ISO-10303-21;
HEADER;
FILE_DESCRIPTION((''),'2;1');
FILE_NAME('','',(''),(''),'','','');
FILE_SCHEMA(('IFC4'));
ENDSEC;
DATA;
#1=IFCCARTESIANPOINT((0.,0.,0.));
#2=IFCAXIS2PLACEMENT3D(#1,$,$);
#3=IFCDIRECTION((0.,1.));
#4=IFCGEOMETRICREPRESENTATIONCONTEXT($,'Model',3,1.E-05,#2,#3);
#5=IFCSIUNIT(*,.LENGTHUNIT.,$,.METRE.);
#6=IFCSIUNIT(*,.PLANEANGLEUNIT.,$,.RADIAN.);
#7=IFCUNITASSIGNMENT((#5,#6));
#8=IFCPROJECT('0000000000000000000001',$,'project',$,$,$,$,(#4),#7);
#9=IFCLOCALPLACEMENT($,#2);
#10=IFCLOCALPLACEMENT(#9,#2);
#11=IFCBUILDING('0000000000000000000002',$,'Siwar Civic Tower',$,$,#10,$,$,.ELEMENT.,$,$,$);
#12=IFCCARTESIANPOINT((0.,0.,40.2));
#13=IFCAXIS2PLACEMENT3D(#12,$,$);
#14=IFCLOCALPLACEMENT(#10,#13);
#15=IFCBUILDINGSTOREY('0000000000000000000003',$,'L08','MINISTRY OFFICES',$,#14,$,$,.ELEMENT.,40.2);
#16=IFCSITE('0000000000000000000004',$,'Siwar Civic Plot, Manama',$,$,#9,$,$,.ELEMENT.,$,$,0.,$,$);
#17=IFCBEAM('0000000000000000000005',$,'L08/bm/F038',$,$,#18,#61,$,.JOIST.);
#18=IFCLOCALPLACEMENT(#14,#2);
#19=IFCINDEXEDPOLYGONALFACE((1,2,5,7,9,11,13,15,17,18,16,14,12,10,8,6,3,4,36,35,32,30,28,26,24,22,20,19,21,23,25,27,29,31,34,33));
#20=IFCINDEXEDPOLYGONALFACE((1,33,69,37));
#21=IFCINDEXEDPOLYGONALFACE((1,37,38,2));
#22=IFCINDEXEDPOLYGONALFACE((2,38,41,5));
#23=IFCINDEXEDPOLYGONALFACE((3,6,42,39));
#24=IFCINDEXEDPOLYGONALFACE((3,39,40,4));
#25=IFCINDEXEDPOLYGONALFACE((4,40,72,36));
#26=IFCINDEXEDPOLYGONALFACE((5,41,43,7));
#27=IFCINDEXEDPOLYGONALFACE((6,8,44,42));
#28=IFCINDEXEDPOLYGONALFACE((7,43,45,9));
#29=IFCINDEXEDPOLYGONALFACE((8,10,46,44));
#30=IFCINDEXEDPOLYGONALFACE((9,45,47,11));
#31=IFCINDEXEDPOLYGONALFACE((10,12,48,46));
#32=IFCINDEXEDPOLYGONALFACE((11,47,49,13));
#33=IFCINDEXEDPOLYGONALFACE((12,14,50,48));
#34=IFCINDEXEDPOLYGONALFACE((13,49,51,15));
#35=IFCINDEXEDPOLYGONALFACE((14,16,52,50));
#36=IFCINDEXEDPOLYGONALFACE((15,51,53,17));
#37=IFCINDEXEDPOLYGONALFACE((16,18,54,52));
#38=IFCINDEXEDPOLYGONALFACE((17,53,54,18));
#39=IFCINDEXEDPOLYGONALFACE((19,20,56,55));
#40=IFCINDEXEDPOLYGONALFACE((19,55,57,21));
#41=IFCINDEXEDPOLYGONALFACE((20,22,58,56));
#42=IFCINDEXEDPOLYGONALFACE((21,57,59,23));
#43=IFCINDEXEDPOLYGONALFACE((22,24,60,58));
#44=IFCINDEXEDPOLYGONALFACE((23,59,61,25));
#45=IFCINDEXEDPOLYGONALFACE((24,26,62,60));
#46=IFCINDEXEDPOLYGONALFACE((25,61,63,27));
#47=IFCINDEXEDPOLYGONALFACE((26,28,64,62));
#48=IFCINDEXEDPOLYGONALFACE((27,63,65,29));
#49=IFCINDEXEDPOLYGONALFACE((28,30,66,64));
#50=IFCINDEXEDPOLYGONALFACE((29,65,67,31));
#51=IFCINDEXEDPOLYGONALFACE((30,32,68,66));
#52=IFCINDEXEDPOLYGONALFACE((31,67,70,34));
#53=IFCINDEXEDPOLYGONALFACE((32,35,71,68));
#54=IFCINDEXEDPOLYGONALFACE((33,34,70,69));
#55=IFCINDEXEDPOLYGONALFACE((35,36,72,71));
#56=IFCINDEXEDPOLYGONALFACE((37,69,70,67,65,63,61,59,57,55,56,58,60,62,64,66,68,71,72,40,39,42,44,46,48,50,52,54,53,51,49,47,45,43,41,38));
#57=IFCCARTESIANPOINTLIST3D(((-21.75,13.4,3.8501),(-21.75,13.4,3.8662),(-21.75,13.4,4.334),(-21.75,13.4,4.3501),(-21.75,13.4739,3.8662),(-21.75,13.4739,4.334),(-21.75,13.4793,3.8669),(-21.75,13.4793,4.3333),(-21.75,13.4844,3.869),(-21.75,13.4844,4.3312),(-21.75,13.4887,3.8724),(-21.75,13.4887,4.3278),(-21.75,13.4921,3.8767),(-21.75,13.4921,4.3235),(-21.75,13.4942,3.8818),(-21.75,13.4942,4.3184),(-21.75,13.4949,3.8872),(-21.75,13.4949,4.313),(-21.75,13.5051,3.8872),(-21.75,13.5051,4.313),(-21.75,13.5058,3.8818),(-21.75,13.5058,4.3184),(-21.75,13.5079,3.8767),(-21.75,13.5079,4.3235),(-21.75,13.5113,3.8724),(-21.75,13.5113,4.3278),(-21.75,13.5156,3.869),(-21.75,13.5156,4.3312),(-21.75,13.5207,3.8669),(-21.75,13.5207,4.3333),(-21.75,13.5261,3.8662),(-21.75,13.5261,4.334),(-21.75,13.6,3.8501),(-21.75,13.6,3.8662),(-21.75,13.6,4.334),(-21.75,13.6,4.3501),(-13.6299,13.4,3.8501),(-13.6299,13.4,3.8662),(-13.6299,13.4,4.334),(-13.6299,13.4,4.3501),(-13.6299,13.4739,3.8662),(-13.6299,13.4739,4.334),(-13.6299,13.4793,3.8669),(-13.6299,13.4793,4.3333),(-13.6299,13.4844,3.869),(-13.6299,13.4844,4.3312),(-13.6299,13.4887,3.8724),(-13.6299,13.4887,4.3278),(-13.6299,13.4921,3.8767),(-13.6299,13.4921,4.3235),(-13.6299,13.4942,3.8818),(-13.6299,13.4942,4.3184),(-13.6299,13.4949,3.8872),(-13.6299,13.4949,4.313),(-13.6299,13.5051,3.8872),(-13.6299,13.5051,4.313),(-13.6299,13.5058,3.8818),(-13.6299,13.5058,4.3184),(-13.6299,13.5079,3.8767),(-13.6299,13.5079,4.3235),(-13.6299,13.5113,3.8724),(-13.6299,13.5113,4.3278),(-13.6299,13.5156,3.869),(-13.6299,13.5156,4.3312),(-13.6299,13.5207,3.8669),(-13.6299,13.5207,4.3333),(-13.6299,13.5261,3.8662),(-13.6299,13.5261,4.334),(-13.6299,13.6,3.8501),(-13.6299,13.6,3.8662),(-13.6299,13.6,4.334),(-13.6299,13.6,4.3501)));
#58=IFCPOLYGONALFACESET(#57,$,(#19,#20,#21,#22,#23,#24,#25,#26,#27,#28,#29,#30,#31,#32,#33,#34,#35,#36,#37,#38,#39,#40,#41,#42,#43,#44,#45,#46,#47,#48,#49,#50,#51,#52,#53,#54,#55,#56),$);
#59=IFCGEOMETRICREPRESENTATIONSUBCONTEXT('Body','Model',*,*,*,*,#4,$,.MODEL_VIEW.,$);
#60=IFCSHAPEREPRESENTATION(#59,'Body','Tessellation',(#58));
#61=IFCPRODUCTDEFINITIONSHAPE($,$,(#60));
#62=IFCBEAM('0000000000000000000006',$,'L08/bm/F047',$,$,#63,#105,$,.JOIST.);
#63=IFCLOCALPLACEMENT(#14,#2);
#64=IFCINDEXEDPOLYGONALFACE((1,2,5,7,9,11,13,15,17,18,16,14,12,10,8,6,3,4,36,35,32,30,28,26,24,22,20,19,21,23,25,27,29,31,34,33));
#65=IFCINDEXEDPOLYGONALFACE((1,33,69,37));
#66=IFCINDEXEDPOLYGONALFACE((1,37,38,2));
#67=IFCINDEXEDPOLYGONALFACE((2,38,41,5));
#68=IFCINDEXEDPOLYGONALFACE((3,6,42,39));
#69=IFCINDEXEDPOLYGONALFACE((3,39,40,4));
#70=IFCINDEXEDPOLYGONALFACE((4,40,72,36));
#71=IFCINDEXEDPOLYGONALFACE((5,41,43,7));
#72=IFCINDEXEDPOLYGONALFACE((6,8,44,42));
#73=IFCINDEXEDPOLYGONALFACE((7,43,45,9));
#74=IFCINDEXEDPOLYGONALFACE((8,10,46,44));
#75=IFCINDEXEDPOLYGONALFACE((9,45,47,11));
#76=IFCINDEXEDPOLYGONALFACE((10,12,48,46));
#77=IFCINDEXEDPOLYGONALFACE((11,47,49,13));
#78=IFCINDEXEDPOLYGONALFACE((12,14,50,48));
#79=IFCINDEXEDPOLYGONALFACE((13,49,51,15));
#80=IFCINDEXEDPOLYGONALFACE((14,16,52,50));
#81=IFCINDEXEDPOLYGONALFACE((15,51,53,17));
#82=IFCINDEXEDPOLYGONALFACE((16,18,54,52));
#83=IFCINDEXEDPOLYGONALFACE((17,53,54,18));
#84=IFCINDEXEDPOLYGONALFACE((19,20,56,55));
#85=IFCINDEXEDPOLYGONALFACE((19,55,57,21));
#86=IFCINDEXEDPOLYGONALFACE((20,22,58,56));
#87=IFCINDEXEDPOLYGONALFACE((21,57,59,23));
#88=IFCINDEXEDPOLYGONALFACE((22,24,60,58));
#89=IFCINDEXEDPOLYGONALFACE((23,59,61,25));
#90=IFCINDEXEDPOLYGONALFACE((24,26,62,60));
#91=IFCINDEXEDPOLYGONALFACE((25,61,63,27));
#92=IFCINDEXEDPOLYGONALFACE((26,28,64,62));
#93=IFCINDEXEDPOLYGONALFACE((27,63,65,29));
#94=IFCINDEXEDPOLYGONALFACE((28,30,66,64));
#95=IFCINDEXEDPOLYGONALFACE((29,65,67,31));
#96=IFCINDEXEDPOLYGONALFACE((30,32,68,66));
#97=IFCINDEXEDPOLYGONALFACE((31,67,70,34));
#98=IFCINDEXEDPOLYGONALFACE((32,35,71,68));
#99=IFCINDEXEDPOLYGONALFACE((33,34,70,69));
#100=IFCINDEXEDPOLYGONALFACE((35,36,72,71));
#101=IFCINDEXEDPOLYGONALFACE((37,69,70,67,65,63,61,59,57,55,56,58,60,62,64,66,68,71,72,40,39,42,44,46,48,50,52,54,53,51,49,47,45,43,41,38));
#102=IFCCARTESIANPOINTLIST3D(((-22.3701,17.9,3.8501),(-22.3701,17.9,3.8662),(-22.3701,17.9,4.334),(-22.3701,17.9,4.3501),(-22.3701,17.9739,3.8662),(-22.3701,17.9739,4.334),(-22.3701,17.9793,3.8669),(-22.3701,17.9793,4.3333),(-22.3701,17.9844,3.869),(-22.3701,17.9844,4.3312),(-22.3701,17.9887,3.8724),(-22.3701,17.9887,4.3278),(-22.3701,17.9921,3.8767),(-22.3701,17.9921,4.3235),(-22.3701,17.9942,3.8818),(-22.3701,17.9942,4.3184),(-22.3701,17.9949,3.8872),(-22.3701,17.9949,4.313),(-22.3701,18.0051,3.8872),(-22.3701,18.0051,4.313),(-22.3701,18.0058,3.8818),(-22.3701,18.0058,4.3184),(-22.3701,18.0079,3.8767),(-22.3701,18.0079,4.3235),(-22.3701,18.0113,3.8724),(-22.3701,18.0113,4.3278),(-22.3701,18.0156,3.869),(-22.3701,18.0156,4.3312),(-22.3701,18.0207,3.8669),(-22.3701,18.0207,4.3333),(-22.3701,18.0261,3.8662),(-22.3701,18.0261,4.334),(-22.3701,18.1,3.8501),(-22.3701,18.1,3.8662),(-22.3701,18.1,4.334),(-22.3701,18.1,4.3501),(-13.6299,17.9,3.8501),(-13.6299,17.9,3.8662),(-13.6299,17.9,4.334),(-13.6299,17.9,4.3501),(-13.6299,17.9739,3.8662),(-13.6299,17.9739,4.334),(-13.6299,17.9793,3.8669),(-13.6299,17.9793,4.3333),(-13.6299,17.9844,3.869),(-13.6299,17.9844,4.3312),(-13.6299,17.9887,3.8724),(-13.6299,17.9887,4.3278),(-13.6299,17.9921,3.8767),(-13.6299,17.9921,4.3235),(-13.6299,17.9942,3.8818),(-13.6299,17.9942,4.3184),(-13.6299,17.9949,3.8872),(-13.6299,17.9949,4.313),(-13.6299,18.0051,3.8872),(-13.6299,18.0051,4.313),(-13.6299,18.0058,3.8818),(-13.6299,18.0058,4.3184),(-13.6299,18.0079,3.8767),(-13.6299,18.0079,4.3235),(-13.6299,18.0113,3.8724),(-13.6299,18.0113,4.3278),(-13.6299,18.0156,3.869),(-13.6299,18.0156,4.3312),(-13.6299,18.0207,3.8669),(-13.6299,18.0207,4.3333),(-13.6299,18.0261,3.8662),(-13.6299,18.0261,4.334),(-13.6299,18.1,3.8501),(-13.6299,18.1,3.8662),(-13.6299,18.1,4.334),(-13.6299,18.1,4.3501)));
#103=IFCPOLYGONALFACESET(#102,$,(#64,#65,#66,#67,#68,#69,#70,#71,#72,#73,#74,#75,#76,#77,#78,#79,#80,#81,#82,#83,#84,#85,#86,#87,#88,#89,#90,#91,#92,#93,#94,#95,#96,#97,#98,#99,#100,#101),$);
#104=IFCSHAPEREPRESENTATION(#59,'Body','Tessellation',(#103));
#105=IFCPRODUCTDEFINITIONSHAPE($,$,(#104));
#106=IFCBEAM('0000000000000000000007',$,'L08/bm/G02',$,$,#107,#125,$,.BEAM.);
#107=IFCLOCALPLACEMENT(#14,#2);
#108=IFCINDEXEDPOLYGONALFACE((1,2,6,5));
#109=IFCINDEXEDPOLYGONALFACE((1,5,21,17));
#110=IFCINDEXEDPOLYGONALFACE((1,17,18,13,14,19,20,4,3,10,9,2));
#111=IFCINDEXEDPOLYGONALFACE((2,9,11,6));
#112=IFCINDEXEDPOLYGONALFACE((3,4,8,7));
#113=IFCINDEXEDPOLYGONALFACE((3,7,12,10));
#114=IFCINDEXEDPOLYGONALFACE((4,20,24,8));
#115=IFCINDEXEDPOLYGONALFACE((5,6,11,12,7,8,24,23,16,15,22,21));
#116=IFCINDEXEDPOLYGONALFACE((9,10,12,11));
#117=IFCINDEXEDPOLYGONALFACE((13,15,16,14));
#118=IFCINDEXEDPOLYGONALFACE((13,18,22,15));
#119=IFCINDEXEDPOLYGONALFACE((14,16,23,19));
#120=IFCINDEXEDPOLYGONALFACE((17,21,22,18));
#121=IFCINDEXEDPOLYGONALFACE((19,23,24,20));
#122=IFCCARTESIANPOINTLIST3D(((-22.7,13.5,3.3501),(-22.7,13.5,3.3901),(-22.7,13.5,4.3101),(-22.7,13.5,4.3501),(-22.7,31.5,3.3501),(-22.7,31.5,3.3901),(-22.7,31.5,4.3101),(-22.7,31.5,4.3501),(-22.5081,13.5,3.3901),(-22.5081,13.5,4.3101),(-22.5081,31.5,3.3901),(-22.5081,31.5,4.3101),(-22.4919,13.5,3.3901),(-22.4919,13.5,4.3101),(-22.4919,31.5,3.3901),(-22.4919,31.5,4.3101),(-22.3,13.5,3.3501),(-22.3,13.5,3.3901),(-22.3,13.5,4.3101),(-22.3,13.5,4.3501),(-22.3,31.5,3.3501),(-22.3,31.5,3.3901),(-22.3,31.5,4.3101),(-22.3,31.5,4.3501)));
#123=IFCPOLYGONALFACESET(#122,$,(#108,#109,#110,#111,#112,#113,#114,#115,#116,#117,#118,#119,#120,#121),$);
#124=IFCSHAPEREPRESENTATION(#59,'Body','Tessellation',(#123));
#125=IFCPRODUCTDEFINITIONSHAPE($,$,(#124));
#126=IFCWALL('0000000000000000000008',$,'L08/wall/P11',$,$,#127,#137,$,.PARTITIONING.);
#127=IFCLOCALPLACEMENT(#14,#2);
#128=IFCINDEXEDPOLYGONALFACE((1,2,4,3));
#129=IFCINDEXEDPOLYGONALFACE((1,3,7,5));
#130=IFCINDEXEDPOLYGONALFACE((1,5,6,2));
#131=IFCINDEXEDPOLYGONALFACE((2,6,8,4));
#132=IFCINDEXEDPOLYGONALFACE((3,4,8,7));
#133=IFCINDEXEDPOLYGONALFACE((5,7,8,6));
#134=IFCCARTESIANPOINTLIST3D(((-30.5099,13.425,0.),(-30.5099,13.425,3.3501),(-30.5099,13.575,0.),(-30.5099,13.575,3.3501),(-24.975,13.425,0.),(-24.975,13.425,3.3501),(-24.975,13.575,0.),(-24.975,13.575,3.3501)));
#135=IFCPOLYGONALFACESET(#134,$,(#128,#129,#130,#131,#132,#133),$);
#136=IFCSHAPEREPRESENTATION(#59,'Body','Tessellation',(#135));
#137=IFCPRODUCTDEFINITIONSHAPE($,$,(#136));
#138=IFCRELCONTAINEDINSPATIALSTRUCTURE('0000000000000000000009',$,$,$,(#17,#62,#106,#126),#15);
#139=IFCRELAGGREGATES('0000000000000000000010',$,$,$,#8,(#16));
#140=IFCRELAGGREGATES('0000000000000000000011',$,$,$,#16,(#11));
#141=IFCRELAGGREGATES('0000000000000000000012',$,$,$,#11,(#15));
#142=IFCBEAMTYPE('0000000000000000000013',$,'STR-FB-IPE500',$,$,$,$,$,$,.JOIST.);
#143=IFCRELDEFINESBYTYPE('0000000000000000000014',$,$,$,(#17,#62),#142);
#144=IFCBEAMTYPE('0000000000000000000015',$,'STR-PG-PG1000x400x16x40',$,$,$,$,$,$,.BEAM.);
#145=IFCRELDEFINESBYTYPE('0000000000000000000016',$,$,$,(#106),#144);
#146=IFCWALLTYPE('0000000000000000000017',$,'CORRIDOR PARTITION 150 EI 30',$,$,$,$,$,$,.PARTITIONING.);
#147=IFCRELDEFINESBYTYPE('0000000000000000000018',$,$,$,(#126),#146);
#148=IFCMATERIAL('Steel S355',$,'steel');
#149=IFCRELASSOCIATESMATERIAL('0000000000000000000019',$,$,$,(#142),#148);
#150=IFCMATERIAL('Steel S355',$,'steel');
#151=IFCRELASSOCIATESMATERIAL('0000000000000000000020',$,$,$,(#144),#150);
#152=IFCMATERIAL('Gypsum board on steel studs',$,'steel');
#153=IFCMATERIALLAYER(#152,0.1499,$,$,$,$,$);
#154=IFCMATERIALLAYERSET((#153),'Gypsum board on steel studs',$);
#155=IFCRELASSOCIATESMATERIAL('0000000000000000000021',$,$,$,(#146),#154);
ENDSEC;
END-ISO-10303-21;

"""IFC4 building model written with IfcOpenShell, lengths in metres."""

from ifc_helpers import new_model, si_unit, direction, frame, frame_2d, origin, origin_2d, place, context, subcontext, project, spatial, rectangle, i_section, extrude, material, layer, layer_set, material_profile, profile_set, type_object, element, save


model = new_model("IFC4")

# Units and contexts
model_context = context("Model", 3, precision=1e-05, world=origin(), true_north=direction((0.0, 1.0)))
body_context = subcontext(model_context, "Body", "Model", "MODEL_VIEW")
ifc_project = project(units=[si_unit("LENGTHUNIT", "METRE"), si_unit("PLANEANGLEUNIT", "RADIAN")], contexts=[model_context])

# Site, building, storey
site_placement = place(None, origin())
site = spatial("IfcSite", under=ifc_project, at=site_placement, Name="Siwar Civic Plot, Manama", CompositionType="ELEMENT", RefElevation=0.0)
building_placement = place(site_placement, origin())
building = spatial("IfcBuilding", under=site, at=building_placement, Name="Siwar Civic Tower", CompositionType="ELEMENT")
storey_placement = place(building_placement, frame((0.0, 0.0, 40.2)))
storey = spatial("IfcBuildingStorey", under=building, at=storey_placement, Name="L08", Description="MINISTRY OFFICES", CompositionType="ELEMENT", Elevation=40.2)

# Beams
ifc_material_1 = material(Name="Steel S355", Category="steel")
ifc_material_profile_1 = material_profile(ifc_material_1, i_section(OverallWidth=0.2, OverallDepth=0.5, WebThickness=0.0103, FlangeThickness=0.0161, FilletRadius=0.021, at=origin_2d()), Name="IPE500")
ifc_profile_set_1 = profile_set([ifc_material_profile_1], Name="Steel S355")
beam_type_1 = type_object("IfcBeamType", Name="STR-FB-IPE500", PredefinedType="JOIST", material=ifc_profile_set_1)
beam_1_placement = place(storey_placement, frame((-21.75, 13.5, 4.1001), z_axis=(1.0, 0.0, 0.0), x_axis=(0.0, 1.0, 0.0)))
element("IfcBeam", 1, at=beam_1_placement, inside=storey, type_object=beam_type_1, Name="L08/bm/F038", PredefinedType="JOIST", context=body_context, shape_type="SweptSolid", body=[
    extrude(i_section(OverallWidth=0.2, OverallDepth=0.5, WebThickness=0.0103, FlangeThickness=0.0161, FilletRadius=0.021, at=origin_2d()), origin(), (0.0, 0.0, 1.0), 8.1201),
])
beam_2_placement = place(storey_placement, frame((-22.3701, 18.0, 4.1001), z_axis=(1.0, 0.0, 0.0), x_axis=(0.0, 1.0, 0.0)))
element("IfcBeam", 2, at=beam_2_placement, inside=storey, type_object=beam_type_1, Name="L08/bm/F047", PredefinedType="JOIST", context=body_context, shape_type="SweptSolid", body=[
    extrude(i_section(OverallWidth=0.2, OverallDepth=0.5, WebThickness=0.0103, FlangeThickness=0.0161, FilletRadius=0.021, at=origin_2d()), origin(), (0.0, 0.0, 1.0), 8.7402),
])
ifc_material_2 = material(Name="Steel S355", Category="steel")
ifc_material_profile_2 = material_profile(ifc_material_2, i_section(OverallWidth=0.3999, OverallDepth=1.0, WebThickness=0.0161, FlangeThickness=0.04, at=origin_2d()), Name="PG1000x400x16x40")
ifc_profile_set_2 = profile_set([ifc_material_profile_2], Name="Steel S355")
beam_type_2 = type_object("IfcBeamType", Name="STR-PG-PG1000x400x16x40", PredefinedType="BEAM", material=ifc_profile_set_2)
beam_3_placement = place(storey_placement, frame((-22.5, 13.5, 3.8501), z_axis=(0.0, 1.0, 0.0), x_axis=(-1.0, 0.0, 0.0)))
element("IfcBeam", 3, at=beam_3_placement, inside=storey, type_object=beam_type_2, Name="L08/bm/G02", PredefinedType="BEAM", context=body_context, shape_type="SweptSolid", body=[
    extrude(i_section(OverallWidth=0.3999, OverallDepth=1.0, WebThickness=0.0161, FlangeThickness=0.04, at=origin_2d()), origin(), (0.0, 0.0, 1.0), 18.0),
])

# Wall
ifc_material_3 = material(Name="Gypsum board on steel studs", Category="steel")
ifc_layer_1 = layer(ifc_material_3, 0.1499)
ifc_layer_set_1 = layer_set([ifc_layer_1], Name="Gypsum board on steel studs")
wall_type_1 = type_object("IfcWallType", Name="CORRIDOR PARTITION 150 EI 30", PredefinedType="PARTITIONING", material=ifc_layer_set_1)
wall_1_placement = place(storey_placement, frame((-30.51, 13.5, 0.0), z_axis=(0.0, 0.0, 1.0), x_axis=(1.0, 0.0, 0.0)))
element("IfcWall", 4, at=wall_1_placement, inside=storey, type_object=wall_type_1, Name="L08/wall/P11", PredefinedType="PARTITIONING", context=body_context, shape_type="SweptSolid", body=[
    extrude(rectangle(XDim=5.5349, YDim=0.1499, at=frame_2d((2.7676, 0.0))), origin(), (0.0, 0.0, 1.0), 3.3501),
])

save(model, "model.ifc")
